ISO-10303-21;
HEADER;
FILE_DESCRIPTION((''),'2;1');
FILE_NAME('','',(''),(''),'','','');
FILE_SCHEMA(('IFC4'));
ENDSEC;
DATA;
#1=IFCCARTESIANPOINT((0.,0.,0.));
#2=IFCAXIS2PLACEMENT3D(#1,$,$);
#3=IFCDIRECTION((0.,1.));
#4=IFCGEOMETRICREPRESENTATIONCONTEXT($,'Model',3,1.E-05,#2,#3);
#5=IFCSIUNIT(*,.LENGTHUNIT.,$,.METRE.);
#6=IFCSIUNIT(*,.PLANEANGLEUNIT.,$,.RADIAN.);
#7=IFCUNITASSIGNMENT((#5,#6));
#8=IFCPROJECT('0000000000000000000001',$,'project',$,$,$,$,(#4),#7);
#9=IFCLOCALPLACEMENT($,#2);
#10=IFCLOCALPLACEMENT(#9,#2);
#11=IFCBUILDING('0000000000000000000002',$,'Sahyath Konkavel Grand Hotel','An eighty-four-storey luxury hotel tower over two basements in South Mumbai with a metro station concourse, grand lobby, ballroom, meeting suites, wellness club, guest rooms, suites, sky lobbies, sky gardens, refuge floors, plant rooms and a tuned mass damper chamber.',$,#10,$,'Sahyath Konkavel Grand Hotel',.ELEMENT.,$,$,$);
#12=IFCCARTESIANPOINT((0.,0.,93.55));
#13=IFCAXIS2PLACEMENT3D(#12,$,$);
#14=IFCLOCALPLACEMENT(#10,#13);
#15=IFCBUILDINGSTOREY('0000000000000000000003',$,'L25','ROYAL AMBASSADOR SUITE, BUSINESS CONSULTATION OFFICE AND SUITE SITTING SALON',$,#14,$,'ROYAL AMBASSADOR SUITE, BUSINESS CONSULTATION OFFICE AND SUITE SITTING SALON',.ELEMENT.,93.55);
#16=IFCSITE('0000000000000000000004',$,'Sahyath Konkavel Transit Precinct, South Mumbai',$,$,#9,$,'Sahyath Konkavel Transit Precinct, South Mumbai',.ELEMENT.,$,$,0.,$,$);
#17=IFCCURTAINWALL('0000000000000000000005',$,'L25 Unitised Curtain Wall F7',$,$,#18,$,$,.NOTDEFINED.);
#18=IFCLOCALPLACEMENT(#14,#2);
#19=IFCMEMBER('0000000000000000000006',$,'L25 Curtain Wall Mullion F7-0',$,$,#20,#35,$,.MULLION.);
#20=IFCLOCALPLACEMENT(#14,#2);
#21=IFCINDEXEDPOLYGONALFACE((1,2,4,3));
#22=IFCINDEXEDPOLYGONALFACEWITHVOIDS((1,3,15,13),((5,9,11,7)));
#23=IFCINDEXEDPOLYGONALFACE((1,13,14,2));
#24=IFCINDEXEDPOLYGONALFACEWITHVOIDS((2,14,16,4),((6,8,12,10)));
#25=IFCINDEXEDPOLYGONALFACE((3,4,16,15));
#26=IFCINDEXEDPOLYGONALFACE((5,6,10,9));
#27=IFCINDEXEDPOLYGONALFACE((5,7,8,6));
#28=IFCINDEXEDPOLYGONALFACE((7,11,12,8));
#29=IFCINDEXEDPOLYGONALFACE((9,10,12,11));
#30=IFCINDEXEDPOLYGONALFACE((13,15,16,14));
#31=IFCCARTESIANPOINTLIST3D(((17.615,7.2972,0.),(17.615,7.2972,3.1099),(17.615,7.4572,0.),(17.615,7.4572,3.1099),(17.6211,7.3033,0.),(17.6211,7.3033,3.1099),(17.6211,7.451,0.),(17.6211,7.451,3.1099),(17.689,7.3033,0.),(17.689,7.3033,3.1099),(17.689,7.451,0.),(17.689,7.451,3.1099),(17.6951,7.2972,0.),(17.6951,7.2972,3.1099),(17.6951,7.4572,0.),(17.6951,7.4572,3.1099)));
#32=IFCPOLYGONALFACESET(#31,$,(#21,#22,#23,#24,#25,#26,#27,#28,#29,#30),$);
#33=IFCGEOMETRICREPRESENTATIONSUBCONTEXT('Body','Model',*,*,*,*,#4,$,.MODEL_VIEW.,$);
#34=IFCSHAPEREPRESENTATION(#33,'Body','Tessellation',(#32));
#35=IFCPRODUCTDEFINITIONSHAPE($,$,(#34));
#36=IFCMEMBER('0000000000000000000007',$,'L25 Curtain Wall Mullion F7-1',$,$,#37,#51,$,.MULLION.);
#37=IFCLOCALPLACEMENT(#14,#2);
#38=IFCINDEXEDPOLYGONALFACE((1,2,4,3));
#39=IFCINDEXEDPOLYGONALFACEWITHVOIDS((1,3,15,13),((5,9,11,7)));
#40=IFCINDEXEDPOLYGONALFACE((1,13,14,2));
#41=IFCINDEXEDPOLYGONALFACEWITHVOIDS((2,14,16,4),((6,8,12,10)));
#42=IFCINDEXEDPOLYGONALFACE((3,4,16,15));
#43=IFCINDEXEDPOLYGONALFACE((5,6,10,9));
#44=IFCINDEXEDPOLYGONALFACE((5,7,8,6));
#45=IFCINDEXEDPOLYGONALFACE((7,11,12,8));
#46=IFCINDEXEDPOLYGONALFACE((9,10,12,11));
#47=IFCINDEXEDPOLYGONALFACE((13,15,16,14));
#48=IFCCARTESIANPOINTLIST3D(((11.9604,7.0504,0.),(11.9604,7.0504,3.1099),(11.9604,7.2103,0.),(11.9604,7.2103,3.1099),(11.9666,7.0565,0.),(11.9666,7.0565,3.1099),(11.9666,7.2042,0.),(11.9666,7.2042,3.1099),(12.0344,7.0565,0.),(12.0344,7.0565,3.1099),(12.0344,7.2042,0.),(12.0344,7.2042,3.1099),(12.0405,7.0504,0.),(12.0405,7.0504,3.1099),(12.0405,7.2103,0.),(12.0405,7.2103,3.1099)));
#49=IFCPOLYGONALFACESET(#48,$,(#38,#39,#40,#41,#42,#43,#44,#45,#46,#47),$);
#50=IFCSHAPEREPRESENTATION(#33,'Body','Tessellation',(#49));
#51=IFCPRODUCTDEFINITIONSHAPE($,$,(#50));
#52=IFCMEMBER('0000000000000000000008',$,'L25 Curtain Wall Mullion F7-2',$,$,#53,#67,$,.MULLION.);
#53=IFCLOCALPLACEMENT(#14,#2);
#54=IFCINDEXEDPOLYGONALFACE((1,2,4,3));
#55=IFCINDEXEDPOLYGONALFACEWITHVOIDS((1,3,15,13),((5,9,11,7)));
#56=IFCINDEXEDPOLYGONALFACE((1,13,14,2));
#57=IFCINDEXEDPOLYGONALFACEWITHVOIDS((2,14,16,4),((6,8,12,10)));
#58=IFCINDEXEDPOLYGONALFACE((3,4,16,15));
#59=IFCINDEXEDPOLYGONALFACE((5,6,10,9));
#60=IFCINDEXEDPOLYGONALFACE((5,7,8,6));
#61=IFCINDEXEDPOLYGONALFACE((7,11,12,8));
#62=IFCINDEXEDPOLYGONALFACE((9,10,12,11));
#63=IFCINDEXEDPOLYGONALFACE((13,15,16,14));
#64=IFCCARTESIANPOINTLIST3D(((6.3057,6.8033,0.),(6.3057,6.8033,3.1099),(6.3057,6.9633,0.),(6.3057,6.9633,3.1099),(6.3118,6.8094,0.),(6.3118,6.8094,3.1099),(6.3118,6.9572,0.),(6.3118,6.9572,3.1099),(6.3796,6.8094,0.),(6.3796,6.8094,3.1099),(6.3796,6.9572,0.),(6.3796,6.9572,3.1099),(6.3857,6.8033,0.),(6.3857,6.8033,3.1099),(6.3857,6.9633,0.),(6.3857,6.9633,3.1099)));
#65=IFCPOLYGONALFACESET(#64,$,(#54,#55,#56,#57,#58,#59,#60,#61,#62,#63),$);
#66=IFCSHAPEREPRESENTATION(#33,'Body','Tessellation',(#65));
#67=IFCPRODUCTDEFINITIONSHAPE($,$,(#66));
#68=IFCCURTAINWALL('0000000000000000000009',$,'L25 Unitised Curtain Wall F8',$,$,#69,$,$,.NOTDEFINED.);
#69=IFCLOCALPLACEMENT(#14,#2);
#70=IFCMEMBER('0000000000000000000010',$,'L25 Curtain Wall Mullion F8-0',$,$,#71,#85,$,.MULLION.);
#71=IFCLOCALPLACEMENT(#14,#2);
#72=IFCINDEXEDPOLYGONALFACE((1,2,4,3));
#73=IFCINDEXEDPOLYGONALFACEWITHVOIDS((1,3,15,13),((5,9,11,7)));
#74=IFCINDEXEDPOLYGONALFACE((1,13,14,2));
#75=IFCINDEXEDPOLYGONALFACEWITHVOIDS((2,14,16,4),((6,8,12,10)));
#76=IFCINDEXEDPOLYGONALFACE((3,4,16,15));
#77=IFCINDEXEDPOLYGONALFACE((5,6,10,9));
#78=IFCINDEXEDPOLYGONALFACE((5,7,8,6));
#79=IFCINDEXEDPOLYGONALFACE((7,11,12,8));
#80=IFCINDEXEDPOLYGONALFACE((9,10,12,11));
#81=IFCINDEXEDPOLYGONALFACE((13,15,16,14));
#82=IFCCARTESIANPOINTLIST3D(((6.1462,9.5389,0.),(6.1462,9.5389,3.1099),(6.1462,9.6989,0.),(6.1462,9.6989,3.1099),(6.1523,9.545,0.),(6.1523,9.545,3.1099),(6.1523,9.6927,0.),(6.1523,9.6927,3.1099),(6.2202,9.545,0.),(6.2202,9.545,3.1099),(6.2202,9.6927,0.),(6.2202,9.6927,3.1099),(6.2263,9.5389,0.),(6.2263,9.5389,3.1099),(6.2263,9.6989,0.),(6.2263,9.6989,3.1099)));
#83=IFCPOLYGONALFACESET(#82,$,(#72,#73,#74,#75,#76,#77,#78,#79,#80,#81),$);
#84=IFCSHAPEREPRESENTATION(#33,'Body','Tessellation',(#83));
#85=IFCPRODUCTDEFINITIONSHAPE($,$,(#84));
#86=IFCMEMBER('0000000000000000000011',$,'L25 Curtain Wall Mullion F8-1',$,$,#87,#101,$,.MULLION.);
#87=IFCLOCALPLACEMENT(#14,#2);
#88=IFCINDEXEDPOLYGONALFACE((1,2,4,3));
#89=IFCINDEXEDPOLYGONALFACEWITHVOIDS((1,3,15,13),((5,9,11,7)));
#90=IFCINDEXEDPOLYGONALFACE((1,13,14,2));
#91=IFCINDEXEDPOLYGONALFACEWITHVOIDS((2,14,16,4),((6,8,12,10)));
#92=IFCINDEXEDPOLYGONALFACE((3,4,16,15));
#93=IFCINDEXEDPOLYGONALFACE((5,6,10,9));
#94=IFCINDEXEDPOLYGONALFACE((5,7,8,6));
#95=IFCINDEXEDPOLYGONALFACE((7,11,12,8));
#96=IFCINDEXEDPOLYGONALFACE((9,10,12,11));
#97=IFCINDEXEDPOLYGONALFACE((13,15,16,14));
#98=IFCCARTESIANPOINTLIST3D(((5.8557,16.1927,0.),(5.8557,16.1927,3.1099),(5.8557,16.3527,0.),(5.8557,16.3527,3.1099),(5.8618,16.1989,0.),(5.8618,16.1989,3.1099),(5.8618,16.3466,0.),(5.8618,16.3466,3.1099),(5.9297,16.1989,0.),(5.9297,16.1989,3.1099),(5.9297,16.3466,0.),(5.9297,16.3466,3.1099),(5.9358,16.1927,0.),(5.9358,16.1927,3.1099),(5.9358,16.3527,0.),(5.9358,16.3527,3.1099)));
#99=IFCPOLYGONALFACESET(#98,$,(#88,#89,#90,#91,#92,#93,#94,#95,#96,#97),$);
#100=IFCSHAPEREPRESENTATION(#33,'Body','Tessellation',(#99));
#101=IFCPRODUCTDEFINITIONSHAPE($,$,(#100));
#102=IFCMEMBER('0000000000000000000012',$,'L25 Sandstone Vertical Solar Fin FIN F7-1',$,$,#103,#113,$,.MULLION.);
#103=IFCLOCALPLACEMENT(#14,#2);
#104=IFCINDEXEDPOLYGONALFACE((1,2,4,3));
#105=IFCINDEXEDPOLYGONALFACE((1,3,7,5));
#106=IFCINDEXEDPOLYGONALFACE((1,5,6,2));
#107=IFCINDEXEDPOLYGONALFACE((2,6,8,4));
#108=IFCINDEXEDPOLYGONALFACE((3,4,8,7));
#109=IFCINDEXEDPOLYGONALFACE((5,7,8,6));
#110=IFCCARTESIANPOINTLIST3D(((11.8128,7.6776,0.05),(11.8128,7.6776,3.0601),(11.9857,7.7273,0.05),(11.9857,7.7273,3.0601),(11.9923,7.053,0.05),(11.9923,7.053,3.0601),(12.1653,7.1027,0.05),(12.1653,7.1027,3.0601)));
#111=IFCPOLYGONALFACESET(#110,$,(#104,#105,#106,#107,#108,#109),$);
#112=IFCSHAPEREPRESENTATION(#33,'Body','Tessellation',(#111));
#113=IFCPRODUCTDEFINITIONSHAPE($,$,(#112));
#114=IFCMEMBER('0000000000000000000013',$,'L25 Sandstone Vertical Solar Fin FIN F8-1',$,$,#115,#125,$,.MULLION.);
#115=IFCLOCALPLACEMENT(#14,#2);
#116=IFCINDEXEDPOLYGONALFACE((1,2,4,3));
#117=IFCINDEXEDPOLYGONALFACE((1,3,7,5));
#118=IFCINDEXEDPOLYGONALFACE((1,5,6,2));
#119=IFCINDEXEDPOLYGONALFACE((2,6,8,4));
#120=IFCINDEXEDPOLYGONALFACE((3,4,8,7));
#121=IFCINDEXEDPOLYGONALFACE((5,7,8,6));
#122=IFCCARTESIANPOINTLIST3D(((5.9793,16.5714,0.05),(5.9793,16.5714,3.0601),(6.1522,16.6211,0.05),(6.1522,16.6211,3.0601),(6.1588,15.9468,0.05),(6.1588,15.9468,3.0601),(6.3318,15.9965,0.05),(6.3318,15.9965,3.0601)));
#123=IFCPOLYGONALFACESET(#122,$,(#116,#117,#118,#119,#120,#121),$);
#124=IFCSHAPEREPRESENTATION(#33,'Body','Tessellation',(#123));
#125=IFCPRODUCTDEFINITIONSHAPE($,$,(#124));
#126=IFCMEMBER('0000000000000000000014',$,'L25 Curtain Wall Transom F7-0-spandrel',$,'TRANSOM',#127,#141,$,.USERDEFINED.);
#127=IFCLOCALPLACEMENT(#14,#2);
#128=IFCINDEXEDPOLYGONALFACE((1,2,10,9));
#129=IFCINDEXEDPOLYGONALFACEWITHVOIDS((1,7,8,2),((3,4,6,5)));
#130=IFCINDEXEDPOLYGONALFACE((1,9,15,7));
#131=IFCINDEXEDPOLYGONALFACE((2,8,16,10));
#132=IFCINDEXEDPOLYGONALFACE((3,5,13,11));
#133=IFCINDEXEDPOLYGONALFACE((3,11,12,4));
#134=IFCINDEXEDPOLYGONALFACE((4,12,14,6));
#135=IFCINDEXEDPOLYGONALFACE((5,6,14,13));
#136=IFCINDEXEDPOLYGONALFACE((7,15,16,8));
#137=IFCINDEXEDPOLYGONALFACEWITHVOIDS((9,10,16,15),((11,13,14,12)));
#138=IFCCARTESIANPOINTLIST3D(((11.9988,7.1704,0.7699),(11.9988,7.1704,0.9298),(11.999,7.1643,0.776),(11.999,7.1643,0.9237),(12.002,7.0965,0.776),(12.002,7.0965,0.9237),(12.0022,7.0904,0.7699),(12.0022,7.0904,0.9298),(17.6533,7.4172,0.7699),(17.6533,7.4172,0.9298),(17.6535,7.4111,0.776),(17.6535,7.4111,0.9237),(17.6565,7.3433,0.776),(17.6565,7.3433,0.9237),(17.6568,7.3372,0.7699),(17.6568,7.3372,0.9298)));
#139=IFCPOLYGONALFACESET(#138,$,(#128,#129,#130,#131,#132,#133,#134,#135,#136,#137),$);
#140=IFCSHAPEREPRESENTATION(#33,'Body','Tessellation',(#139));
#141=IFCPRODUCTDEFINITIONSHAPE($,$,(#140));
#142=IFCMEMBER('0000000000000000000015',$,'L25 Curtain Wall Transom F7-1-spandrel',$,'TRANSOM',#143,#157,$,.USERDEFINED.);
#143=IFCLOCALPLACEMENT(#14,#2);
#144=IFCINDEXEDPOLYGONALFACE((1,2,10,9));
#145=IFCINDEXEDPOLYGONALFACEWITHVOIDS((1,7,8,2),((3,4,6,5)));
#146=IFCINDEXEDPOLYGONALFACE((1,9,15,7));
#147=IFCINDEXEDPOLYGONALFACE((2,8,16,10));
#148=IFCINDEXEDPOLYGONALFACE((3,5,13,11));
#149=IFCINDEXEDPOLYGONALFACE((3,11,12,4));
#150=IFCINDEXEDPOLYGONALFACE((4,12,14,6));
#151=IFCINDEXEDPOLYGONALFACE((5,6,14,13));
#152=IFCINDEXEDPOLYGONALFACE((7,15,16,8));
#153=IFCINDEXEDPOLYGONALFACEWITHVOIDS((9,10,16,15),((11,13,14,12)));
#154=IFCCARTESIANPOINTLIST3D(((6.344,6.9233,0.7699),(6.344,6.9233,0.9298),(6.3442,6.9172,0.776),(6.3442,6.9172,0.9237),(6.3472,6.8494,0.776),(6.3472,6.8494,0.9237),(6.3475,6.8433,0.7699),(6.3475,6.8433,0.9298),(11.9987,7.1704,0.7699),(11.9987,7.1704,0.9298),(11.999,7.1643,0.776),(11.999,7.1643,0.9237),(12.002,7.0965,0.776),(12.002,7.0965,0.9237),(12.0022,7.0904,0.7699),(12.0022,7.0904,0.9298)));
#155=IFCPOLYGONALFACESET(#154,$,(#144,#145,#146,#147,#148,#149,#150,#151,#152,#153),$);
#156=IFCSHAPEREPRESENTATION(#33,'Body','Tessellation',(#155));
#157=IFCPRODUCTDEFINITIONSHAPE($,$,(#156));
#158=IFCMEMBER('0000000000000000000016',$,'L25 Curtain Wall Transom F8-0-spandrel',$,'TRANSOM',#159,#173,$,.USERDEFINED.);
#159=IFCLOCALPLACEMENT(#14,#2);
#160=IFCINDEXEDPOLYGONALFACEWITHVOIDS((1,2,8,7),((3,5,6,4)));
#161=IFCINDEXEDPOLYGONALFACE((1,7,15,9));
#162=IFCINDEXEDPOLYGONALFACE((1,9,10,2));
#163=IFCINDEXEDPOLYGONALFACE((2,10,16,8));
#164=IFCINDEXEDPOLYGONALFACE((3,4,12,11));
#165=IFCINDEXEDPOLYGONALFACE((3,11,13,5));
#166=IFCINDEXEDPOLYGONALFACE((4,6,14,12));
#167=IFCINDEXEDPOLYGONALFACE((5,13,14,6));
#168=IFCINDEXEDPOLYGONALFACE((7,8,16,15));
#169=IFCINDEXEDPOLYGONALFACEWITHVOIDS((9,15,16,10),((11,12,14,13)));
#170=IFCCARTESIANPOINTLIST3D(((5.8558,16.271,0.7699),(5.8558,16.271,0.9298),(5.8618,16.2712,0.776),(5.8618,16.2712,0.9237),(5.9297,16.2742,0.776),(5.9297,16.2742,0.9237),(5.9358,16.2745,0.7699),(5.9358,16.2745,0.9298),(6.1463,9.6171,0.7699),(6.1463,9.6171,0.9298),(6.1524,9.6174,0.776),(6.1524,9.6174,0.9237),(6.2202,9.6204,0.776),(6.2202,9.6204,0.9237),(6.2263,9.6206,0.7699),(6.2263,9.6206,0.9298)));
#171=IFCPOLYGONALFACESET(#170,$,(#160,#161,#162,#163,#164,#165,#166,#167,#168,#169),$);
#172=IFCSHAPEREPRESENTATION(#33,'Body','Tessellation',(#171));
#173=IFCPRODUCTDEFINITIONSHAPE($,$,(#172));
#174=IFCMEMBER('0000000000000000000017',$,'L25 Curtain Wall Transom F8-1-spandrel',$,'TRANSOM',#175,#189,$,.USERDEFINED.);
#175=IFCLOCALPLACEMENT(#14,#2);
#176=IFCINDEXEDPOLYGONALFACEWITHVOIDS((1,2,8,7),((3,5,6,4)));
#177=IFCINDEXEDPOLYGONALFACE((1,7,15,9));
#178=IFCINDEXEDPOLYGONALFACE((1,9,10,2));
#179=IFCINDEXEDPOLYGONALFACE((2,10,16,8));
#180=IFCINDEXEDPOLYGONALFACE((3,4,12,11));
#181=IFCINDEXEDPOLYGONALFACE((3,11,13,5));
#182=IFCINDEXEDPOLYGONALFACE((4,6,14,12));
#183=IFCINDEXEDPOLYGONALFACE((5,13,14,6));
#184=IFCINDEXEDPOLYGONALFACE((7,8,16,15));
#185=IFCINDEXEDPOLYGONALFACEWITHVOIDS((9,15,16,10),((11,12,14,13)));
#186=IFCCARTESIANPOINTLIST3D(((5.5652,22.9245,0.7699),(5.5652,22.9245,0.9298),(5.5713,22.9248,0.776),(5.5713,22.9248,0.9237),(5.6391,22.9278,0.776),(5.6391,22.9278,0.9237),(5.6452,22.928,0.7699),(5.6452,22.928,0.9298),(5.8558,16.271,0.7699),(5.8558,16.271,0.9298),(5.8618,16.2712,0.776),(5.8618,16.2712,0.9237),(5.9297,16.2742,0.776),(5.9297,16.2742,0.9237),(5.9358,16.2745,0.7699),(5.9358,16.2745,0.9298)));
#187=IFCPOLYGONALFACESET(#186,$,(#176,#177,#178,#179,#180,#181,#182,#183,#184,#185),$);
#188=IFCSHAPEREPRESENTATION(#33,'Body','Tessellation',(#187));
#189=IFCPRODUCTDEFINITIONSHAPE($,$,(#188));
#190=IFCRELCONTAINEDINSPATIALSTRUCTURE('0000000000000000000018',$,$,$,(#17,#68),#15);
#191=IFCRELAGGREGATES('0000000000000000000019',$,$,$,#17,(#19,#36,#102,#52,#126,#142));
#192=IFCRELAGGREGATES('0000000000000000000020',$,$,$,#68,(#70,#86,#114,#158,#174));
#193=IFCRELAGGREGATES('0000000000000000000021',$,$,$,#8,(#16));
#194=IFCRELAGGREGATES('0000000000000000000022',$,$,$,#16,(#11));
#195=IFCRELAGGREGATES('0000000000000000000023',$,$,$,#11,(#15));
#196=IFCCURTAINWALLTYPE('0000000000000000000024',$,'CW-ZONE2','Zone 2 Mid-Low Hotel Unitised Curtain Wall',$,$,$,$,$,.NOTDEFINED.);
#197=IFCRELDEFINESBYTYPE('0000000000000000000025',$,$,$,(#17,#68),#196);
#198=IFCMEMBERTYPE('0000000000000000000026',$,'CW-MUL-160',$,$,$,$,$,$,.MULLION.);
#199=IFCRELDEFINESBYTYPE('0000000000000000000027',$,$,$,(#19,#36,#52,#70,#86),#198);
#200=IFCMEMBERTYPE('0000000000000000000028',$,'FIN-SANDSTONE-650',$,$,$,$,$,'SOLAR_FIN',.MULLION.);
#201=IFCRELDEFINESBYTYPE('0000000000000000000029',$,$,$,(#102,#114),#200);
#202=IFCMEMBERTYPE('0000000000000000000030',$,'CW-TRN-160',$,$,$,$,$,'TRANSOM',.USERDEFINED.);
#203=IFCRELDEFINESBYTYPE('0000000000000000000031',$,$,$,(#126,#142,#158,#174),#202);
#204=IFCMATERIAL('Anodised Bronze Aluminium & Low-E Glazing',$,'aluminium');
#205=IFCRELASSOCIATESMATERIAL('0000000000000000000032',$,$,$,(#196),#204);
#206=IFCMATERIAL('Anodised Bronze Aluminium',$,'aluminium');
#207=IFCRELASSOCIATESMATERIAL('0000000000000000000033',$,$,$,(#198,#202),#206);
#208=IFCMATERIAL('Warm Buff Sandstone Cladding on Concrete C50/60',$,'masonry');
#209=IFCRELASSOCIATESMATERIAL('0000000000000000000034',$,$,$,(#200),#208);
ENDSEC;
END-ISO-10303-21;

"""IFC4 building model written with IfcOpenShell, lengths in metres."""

from ifc_helpers import new_model, si_unit, direction, frame, origin, origin_2d, place, context, subcontext, project, spatial, rectangle, hollow_rectangle, extrude, source, transform, mapped, material, material_profile, profile_set, type_object, element, aggregate, save


model = new_model("IFC4")

# Units and contexts
model_context = context("Model", 3, precision=1e-05, world=origin(), true_north=direction((0.0, 1.0)))
body_context = subcontext(model_context, "Body", "Model", "MODEL_VIEW")
ifc_project = project(units=[si_unit("LENGTHUNIT", "METRE"), si_unit("PLANEANGLEUNIT", "RADIAN")], contexts=[model_context])

# Site, building, storey
site_placement = place(None, origin())
site = spatial("IfcSite", under=ifc_project, at=site_placement, Name="Sahyath Konkavel Transit Precinct, South Mumbai", LongName="Sahyath Konkavel Transit Precinct, South Mumbai", CompositionType="ELEMENT", RefElevation=0.0)
building_placement = place(site_placement, origin())
building = spatial("IfcBuilding", under=site, at=building_placement, Name="Sahyath Konkavel Grand Hotel", Description="An eighty-four-storey luxury hotel tower over two basements in South Mumbai with a metro station concourse, grand lobby, ballroom, meeting suites, wellness club, guest rooms, suites, sky lobbies, sky gardens, refuge floors, plant rooms and a tuned mass damper chamber.", LongName="Sahyath Konkavel Grand Hotel", CompositionType="ELEMENT")
storey_placement = place(building_placement, frame((0.0, 0.0, 93.55)))
storey = spatial("IfcBuildingStorey", under=building, at=storey_placement, Name="L25", Description="ROYAL AMBASSADOR SUITE, BUSINESS CONSULTATION OFFICE AND SUITE SITTING SALON", LongName="ROYAL AMBASSADOR SUITE, BUSINESS CONSULTATION OFFICE AND SUITE SITTING SALON", CompositionType="ELEMENT", Elevation=93.55)

# Curtain walls, members
ifc_material_1 = material(Name="Anodised Bronze Aluminium & Low-E Glazing", Category="aluminium")
curtain_wall_type = type_object("IfcCurtainWallType", Name="CW-ZONE2", Description="Zone 2 Mid-Low Hotel Unitised Curtain Wall", PredefinedType="NOTDEFINED", material=ifc_material_1)
curtain_wall_1_placement = place(storey_placement, origin())
curtain_wall_1 = element("IfcCurtainWall", 1, at=curtain_wall_1_placement, inside=storey, type_object=curtain_wall_type, Name="L25 Unitised Curtain Wall F7", PredefinedType="NOTDEFINED")
ifc_material_2 = material(Name="Anodised Bronze Aluminium", Category="aluminium")
ifc_material_profile_1 = material_profile(ifc_material_2, hollow_rectangle(XDim=0.0801, YDim=0.1599, WallThickness=0.0061, at=origin_2d()), Name="RHS 160x80x6")
ifc_profile_set_1 = profile_set([ifc_material_profile_1], Name="Anodised Bronze Aluminium")
member_type_1 = type_object("IfcMemberType", Name="CW-MUL-160", PredefinedType="MULLION", material=ifc_profile_set_1)
shared_shape_1 = source(origin(), body_context, "Body", "SweptSolid", [
    extrude(hollow_rectangle(XDim=0.0801, YDim=0.1599, WallThickness=0.0061, at=origin_2d()), origin(), (0.0, 0.0, 1.0), 3.1099),
])
member_1_placement = place(storey_placement, frame((17.655, 7.3772, 0.0), z_axis=(0.0, 0.0, 1.0), x_axis=(1.0, 0.0, 0.0)))
member_1 = element("IfcMember", 2, at=member_1_placement, type_object=member_type_1, Name="L25 Curtain Wall Mullion F7-0", PredefinedType="MULLION", context=body_context, shape_type="MappedRepresentation", body=[
    mapped(shared_shape_1, transform((0.0, 0.0, 0.0), scale=1.0)),
])
member_2_placement = place(storey_placement, frame((12.0005, 7.1304, 0.0), z_axis=(0.0, 0.0, 1.0), x_axis=(1.0, 0.0, 0.0)))
member_2 = element("IfcMember", 3, at=member_2_placement, type_object=member_type_1, Name="L25 Curtain Wall Mullion F7-1", PredefinedType="MULLION", context=body_context, shape_type="MappedRepresentation", body=[
    mapped(shared_shape_1, transform((0.0, 0.0, 0.0), scale=1.0)),
])
member_3_placement = place(storey_placement, frame((6.3457, 6.8833, 0.0), z_axis=(0.0, 0.0, 1.0), x_axis=(1.0, 0.0, 0.0)))
member_3 = element("IfcMember", 4, at=member_3_placement, type_object=member_type_1, Name="L25 Curtain Wall Mullion F7-2", PredefinedType="MULLION", context=body_context, shape_type="MappedRepresentation", body=[
    mapped(shared_shape_1, transform((0.0, 0.0, 0.0), scale=1.0)),
])
curtain_wall_2_placement = place(storey_placement, origin())
curtain_wall_2 = element("IfcCurtainWall", 5, at=curtain_wall_2_placement, inside=storey, type_object=curtain_wall_type, Name="L25 Unitised Curtain Wall F8", PredefinedType="NOTDEFINED")
member_4_placement = place(storey_placement, frame((6.1863, 9.6189, 0.0), z_axis=(0.0, 0.0, 1.0), x_axis=(1.0, 0.0, 0.0)))
member_4 = element("IfcMember", 6, at=member_4_placement, type_object=member_type_1, Name="L25 Curtain Wall Mullion F8-0", PredefinedType="MULLION", context=body_context, shape_type="MappedRepresentation", body=[
    mapped(shared_shape_1, transform((0.0, 0.0, 0.0), scale=1.0)),
])
member_5_placement = place(storey_placement, frame((5.8958, 16.2727, 0.0), z_axis=(0.0, 0.0, 1.0), x_axis=(1.0, 0.0, 0.0)))
member_5 = element("IfcMember", 7, at=member_5_placement, type_object=member_type_1, Name="L25 Curtain Wall Mullion F8-1", PredefinedType="MULLION", context=body_context, shape_type="MappedRepresentation", body=[
    mapped(shared_shape_1, transform((0.0, 0.0, 0.0), scale=1.0)),
])

# Members
ifc_material_3 = material(Name="Warm Buff Sandstone Cladding on Concrete C50/60", Category="masonry")
ifc_material_profile_2 = material_profile(ifc_material_3, rectangle(XDim=0.1799, YDim=0.6499, at=origin_2d()), Name="FIN 180x650")
ifc_profile_set_2 = profile_set([ifc_material_profile_2], Name="Warm Buff Sandstone Cladding on Concrete C50/60")
member_type_2 = type_object("IfcMemberType", Name="FIN-SANDSTONE-650", ElementType="SOLAR_FIN", PredefinedType="MULLION", material=ifc_profile_set_2)
shared_shape_2 = source(origin(), body_context, "Body", "SweptSolid", [
    extrude(rectangle(XDim=0.1799, YDim=0.6499, at=origin_2d()), origin(), (0.0, 0.0, 1.0), 3.01),
])
member_6_placement = place(storey_placement, frame((11.989, 7.3901, 0.05), z_axis=(0.0, 0.0, 1.0), x_axis=(0.961069, 0.276308, 0.0)))
member_6 = element("IfcMember", 8, at=member_6_placement, type_object=member_type_2, Name="L25 Sandstone Vertical Solar Fin FIN F7-1", PredefinedType="MULLION", context=body_context, shape_type="MappedRepresentation", body=[
    mapped(shared_shape_2, transform((0.0, 0.0, 0.0), scale=1.0)),
])
member_7_placement = place(storey_placement, frame((6.1555, 16.2839, 0.05), z_axis=(0.0, 0.0, 1.0), x_axis=(0.961069, 0.276308, 0.0)))
member_7 = element("IfcMember", 9, at=member_7_placement, type_object=member_type_2, Name="L25 Sandstone Vertical Solar Fin FIN F8-1", PredefinedType="MULLION", context=body_context, shape_type="MappedRepresentation", body=[
    mapped(shared_shape_2, transform((0.0, 0.0, 0.0), scale=1.0)),
])
ifc_material_profile_3 = material_profile(ifc_material_2, hollow_rectangle(XDim=0.0801, YDim=0.1599, WallThickness=0.0061, at=origin_2d()), Name="RHS 160x80x6")
ifc_profile_set_3 = profile_set([ifc_material_profile_3], Name="Anodised Bronze Aluminium")
member_type_3 = type_object("IfcMemberType", Name="CW-TRN-160", ElementType="TRANSOM", PredefinedType="USERDEFINED", material=ifc_profile_set_3)
shared_shape_3 = source(origin(), body_context, "Body", "SweptSolid", [
    extrude(hollow_rectangle(XDim=0.0801, YDim=0.1599, WallThickness=0.0061, at=origin_2d()), origin(), (0.0, 0.0, 1.0), 5.6599),
])
member_8_placement = place(storey_placement, frame((17.655, 7.3772, 0.8499), z_axis=(-0.999049, -0.043609, 0.0), x_axis=(0.043609, -0.999049, 0.0)))
member_8 = element("IfcMember", 10, at=member_8_placement, type_object=member_type_3, Name="L25 Curtain Wall Transom F7-0-spandrel", ObjectType="TRANSOM", PredefinedType="USERDEFINED", context=body_context, shape_type="MappedRepresentation", body=[
    mapped(shared_shape_3, transform((0.0, 0.0, 0.0), scale=1.0)),
])
shared_shape_4 = source(origin(), body_context, "Body", "SweptSolid", [
    extrude(hollow_rectangle(XDim=0.0801, YDim=0.1599, WallThickness=0.0061, at=origin_2d()), origin(), (0.0, 0.0, 1.0), 5.6602),
])
member_9_placement = place(storey_placement, frame((12.0005, 7.1304, 0.8499), z_axis=(-0.999047, -0.043651, 0.0), x_axis=(0.043651, -0.999047, 0.0)))
member_9 = element("IfcMember", 11, at=member_9_placement, type_object=member_type_3, Name="L25 Curtain Wall Transom F7-1-spandrel", ObjectType="TRANSOM", PredefinedType="USERDEFINED", context=body_context, shape_type="MappedRepresentation", body=[
    mapped(shared_shape_4, transform((0.0, 0.0, 0.0), scale=1.0)),
])
shared_shape_5 = source(origin(), body_context, "Body", "SweptSolid", [
    extrude(hollow_rectangle(XDim=0.0801, YDim=0.1599, WallThickness=0.0061, at=origin_2d()), origin(), (0.0, 0.0, 1.0), 6.6602),
])
member_10_placement = place(storey_placement, frame((6.1863, 9.6189, 0.8499), z_axis=(-0.043622, 0.999048, 0.0), x_axis=(-0.999048, -0.043622, 0.0)))
member_10 = element("IfcMember", 12, at=member_10_placement, type_object=member_type_3, Name="L25 Curtain Wall Transom F8-0-spandrel", ObjectType="TRANSOM", PredefinedType="USERDEFINED", context=body_context, shape_type="MappedRepresentation", body=[
    mapped(shared_shape_5, transform((0.0, 0.0, 0.0), scale=1.0)),
])
shared_shape_6 = source(origin(), body_context, "Body", "SweptSolid", [
    extrude(hollow_rectangle(XDim=0.0801, YDim=0.1599, WallThickness=0.0061, at=origin_2d()), origin(), (0.0, 0.0, 1.0), 6.6599),
])
member_11_placement = place(storey_placement, frame((5.8958, 16.2727, 0.8499), z_axis=(-0.043623, 0.999048, 0.0), x_axis=(-0.999048, -0.043623, 0.0)))
member_11 = element("IfcMember", 13, at=member_11_placement, type_object=member_type_3, Name="L25 Curtain Wall Transom F8-1-spandrel", ObjectType="TRANSOM", PredefinedType="USERDEFINED", context=body_context, shape_type="MappedRepresentation", body=[
    mapped(shared_shape_6, transform((0.0, 0.0, 0.0), scale=1.0)),
])

aggregate(curtain_wall_1, [member_1, member_2, member_6, member_3, member_8, member_9])
aggregate(curtain_wall_2, [member_4, member_5, member_7, member_10, member_11])

save(model, "model.ifc")
